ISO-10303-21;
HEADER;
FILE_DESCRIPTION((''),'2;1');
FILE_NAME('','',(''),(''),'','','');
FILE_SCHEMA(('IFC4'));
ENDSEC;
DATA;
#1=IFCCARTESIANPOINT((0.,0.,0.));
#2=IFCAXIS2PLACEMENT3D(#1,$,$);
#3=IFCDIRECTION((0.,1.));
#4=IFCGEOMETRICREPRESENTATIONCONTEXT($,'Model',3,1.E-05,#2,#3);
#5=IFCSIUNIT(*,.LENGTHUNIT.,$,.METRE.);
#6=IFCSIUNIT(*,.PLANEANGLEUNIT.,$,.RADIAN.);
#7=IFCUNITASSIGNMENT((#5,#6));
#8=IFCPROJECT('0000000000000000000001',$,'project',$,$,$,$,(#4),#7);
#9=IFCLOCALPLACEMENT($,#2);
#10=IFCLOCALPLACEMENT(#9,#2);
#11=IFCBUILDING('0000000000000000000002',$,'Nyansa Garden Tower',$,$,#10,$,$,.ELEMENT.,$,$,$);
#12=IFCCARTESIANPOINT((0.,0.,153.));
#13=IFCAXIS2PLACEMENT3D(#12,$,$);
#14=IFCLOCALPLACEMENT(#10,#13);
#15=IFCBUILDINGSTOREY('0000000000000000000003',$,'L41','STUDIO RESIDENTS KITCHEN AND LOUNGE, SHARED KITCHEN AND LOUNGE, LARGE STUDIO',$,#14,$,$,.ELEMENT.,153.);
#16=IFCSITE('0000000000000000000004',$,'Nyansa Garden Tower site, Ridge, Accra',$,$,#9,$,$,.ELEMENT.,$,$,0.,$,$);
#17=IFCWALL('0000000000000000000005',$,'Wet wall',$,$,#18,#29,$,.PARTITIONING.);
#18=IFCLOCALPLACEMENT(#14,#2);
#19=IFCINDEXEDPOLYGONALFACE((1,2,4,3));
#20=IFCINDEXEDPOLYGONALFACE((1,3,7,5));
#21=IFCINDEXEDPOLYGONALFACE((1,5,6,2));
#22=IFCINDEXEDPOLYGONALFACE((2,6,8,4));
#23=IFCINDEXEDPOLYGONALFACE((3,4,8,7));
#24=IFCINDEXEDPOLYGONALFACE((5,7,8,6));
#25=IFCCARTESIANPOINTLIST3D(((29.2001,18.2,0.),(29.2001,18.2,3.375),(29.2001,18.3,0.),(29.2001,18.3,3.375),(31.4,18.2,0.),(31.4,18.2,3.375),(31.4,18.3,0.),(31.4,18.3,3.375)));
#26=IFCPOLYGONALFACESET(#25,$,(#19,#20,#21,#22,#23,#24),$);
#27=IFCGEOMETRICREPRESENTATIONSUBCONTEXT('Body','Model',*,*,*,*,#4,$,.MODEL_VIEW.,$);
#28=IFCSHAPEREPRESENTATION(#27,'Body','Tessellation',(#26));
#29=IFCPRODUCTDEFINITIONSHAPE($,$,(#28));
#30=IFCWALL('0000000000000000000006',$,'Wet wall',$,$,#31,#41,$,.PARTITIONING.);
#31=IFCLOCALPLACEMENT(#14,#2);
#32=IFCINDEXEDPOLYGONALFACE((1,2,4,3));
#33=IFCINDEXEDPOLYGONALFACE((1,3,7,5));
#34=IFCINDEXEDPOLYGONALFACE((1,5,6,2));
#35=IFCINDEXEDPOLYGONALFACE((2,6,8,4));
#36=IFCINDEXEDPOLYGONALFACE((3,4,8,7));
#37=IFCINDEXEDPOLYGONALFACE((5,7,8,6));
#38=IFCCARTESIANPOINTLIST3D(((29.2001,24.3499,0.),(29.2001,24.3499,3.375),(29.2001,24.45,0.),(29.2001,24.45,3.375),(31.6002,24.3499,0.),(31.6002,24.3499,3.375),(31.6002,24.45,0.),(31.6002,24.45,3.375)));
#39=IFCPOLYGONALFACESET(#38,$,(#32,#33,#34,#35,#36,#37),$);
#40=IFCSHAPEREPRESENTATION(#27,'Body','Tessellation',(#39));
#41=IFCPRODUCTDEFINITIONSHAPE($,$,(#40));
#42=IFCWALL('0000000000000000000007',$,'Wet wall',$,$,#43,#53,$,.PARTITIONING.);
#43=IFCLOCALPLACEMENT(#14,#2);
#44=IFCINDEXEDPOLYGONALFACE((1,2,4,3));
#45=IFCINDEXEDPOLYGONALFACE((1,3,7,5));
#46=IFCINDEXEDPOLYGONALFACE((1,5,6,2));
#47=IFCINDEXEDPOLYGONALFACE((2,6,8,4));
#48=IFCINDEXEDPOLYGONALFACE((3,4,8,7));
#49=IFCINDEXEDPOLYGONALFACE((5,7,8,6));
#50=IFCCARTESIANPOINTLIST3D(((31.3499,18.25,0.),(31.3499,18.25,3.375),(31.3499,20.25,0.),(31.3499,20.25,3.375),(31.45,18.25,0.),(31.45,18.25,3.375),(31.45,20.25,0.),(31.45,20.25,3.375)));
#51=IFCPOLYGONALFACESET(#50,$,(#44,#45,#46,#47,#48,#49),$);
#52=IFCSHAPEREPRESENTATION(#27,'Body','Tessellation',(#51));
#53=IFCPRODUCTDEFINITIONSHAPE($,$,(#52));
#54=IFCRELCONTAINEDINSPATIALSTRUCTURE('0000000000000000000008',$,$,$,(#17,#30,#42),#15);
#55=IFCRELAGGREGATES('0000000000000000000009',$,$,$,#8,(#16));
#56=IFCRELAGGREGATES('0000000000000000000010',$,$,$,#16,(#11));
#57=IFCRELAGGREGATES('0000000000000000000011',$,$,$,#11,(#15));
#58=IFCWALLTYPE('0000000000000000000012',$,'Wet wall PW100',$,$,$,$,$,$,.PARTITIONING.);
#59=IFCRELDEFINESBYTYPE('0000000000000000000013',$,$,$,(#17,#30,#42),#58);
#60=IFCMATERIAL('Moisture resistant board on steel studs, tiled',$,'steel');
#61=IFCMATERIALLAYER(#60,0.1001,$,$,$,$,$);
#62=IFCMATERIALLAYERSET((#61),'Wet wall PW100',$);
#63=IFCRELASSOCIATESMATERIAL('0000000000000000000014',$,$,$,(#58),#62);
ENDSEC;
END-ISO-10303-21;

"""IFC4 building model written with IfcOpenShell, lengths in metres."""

from ifc_helpers import new_model, si_unit, direction, frame, frame_2d, origin, place, context, subcontext, project, spatial, rectangle, extrude, material, layer, layer_set, type_object, element, save


model = new_model("IFC4")

# Units and contexts
model_context = context("Model", 3, precision=1e-05, world=origin(), true_north=direction((0.0, 1.0)))
body_context = subcontext(model_context, "Body", "Model", "MODEL_VIEW")
ifc_project = project(units=[si_unit("LENGTHUNIT", "METRE"), si_unit("PLANEANGLEUNIT", "RADIAN")], contexts=[model_context])

# Site, building, storey
site_placement = place(None, origin())
site = spatial("IfcSite", under=ifc_project, at=site_placement, Name="Nyansa Garden Tower site, Ridge, Accra", CompositionType="ELEMENT", RefElevation=0.0)
building_placement = place(site_placement, origin())
building = spatial("IfcBuilding", under=site, at=building_placement, Name="Nyansa Garden Tower", CompositionType="ELEMENT")
storey_placement = place(building_placement, frame((0.0, 0.0, 153.0)))
storey = spatial("IfcBuildingStorey", under=building, at=storey_placement, Name="L41", Description="STUDIO RESIDENTS KITCHEN AND LOUNGE, SHARED KITCHEN AND LOUNGE, LARGE STUDIO", CompositionType="ELEMENT", Elevation=153.0)

# Walls
ifc_material_1 = material(Name="Moisture resistant board on steel studs, tiled", Category="steel")
ifc_layer_1 = layer(ifc_material_1, 0.1001)
ifc_layer_set_1 = layer_set([ifc_layer_1], Name="Wet wall PW100")
wall_type_1 = type_object("IfcWallType", Name="Wet wall PW100", PredefinedType="PARTITIONING", material=ifc_layer_set_1)
wall_1_placement = place(storey_placement, frame((29.2, 18.25, 0.0), z_axis=(0.0, 0.0, 1.0), x_axis=(1.0, 0.0, 0.0)))
element("IfcWall", 1, at=wall_1_placement, inside=storey, type_object=wall_type_1, Name="Wet wall", PredefinedType="PARTITIONING", context=body_context, shape_type="SweptSolid", body=[
    extrude(rectangle(XDim=2.2, YDim=0.1001, at=frame_2d((1.1001, 0.0))), origin(), (0.0, 0.0, 1.0), 3.375),
])
wall_2_placement = place(storey_placement, frame((29.2, 24.3999, 0.0), z_axis=(0.0, 0.0, 1.0), x_axis=(1.0, 0.0, 0.0)))
element("IfcWall", 2, at=wall_2_placement, inside=storey, type_object=wall_type_1, Name="Wet wall", PredefinedType="PARTITIONING", context=body_context, shape_type="SweptSolid", body=[
    extrude(rectangle(XDim=2.4001, YDim=0.1001, at=frame_2d((1.2002, 0.0))), origin(), (0.0, 0.0, 1.0), 3.375),
])
wall_3_placement = place(storey_placement, frame((31.3999, 18.25, 0.0), z_axis=(0.0, 0.0, 1.0), x_axis=(0.0, 1.0, 0.0)))
element("IfcWall", 3, at=wall_3_placement, inside=storey, type_object=wall_type_1, Name="Wet wall", PredefinedType="PARTITIONING", context=body_context, shape_type="SweptSolid", body=[
    extrude(rectangle(XDim=2.0, YDim=0.1001, at=frame_2d((1.0, 0.0))), origin(), (0.0, 0.0, 1.0), 3.375),
])

save(model, "model.ifc")
